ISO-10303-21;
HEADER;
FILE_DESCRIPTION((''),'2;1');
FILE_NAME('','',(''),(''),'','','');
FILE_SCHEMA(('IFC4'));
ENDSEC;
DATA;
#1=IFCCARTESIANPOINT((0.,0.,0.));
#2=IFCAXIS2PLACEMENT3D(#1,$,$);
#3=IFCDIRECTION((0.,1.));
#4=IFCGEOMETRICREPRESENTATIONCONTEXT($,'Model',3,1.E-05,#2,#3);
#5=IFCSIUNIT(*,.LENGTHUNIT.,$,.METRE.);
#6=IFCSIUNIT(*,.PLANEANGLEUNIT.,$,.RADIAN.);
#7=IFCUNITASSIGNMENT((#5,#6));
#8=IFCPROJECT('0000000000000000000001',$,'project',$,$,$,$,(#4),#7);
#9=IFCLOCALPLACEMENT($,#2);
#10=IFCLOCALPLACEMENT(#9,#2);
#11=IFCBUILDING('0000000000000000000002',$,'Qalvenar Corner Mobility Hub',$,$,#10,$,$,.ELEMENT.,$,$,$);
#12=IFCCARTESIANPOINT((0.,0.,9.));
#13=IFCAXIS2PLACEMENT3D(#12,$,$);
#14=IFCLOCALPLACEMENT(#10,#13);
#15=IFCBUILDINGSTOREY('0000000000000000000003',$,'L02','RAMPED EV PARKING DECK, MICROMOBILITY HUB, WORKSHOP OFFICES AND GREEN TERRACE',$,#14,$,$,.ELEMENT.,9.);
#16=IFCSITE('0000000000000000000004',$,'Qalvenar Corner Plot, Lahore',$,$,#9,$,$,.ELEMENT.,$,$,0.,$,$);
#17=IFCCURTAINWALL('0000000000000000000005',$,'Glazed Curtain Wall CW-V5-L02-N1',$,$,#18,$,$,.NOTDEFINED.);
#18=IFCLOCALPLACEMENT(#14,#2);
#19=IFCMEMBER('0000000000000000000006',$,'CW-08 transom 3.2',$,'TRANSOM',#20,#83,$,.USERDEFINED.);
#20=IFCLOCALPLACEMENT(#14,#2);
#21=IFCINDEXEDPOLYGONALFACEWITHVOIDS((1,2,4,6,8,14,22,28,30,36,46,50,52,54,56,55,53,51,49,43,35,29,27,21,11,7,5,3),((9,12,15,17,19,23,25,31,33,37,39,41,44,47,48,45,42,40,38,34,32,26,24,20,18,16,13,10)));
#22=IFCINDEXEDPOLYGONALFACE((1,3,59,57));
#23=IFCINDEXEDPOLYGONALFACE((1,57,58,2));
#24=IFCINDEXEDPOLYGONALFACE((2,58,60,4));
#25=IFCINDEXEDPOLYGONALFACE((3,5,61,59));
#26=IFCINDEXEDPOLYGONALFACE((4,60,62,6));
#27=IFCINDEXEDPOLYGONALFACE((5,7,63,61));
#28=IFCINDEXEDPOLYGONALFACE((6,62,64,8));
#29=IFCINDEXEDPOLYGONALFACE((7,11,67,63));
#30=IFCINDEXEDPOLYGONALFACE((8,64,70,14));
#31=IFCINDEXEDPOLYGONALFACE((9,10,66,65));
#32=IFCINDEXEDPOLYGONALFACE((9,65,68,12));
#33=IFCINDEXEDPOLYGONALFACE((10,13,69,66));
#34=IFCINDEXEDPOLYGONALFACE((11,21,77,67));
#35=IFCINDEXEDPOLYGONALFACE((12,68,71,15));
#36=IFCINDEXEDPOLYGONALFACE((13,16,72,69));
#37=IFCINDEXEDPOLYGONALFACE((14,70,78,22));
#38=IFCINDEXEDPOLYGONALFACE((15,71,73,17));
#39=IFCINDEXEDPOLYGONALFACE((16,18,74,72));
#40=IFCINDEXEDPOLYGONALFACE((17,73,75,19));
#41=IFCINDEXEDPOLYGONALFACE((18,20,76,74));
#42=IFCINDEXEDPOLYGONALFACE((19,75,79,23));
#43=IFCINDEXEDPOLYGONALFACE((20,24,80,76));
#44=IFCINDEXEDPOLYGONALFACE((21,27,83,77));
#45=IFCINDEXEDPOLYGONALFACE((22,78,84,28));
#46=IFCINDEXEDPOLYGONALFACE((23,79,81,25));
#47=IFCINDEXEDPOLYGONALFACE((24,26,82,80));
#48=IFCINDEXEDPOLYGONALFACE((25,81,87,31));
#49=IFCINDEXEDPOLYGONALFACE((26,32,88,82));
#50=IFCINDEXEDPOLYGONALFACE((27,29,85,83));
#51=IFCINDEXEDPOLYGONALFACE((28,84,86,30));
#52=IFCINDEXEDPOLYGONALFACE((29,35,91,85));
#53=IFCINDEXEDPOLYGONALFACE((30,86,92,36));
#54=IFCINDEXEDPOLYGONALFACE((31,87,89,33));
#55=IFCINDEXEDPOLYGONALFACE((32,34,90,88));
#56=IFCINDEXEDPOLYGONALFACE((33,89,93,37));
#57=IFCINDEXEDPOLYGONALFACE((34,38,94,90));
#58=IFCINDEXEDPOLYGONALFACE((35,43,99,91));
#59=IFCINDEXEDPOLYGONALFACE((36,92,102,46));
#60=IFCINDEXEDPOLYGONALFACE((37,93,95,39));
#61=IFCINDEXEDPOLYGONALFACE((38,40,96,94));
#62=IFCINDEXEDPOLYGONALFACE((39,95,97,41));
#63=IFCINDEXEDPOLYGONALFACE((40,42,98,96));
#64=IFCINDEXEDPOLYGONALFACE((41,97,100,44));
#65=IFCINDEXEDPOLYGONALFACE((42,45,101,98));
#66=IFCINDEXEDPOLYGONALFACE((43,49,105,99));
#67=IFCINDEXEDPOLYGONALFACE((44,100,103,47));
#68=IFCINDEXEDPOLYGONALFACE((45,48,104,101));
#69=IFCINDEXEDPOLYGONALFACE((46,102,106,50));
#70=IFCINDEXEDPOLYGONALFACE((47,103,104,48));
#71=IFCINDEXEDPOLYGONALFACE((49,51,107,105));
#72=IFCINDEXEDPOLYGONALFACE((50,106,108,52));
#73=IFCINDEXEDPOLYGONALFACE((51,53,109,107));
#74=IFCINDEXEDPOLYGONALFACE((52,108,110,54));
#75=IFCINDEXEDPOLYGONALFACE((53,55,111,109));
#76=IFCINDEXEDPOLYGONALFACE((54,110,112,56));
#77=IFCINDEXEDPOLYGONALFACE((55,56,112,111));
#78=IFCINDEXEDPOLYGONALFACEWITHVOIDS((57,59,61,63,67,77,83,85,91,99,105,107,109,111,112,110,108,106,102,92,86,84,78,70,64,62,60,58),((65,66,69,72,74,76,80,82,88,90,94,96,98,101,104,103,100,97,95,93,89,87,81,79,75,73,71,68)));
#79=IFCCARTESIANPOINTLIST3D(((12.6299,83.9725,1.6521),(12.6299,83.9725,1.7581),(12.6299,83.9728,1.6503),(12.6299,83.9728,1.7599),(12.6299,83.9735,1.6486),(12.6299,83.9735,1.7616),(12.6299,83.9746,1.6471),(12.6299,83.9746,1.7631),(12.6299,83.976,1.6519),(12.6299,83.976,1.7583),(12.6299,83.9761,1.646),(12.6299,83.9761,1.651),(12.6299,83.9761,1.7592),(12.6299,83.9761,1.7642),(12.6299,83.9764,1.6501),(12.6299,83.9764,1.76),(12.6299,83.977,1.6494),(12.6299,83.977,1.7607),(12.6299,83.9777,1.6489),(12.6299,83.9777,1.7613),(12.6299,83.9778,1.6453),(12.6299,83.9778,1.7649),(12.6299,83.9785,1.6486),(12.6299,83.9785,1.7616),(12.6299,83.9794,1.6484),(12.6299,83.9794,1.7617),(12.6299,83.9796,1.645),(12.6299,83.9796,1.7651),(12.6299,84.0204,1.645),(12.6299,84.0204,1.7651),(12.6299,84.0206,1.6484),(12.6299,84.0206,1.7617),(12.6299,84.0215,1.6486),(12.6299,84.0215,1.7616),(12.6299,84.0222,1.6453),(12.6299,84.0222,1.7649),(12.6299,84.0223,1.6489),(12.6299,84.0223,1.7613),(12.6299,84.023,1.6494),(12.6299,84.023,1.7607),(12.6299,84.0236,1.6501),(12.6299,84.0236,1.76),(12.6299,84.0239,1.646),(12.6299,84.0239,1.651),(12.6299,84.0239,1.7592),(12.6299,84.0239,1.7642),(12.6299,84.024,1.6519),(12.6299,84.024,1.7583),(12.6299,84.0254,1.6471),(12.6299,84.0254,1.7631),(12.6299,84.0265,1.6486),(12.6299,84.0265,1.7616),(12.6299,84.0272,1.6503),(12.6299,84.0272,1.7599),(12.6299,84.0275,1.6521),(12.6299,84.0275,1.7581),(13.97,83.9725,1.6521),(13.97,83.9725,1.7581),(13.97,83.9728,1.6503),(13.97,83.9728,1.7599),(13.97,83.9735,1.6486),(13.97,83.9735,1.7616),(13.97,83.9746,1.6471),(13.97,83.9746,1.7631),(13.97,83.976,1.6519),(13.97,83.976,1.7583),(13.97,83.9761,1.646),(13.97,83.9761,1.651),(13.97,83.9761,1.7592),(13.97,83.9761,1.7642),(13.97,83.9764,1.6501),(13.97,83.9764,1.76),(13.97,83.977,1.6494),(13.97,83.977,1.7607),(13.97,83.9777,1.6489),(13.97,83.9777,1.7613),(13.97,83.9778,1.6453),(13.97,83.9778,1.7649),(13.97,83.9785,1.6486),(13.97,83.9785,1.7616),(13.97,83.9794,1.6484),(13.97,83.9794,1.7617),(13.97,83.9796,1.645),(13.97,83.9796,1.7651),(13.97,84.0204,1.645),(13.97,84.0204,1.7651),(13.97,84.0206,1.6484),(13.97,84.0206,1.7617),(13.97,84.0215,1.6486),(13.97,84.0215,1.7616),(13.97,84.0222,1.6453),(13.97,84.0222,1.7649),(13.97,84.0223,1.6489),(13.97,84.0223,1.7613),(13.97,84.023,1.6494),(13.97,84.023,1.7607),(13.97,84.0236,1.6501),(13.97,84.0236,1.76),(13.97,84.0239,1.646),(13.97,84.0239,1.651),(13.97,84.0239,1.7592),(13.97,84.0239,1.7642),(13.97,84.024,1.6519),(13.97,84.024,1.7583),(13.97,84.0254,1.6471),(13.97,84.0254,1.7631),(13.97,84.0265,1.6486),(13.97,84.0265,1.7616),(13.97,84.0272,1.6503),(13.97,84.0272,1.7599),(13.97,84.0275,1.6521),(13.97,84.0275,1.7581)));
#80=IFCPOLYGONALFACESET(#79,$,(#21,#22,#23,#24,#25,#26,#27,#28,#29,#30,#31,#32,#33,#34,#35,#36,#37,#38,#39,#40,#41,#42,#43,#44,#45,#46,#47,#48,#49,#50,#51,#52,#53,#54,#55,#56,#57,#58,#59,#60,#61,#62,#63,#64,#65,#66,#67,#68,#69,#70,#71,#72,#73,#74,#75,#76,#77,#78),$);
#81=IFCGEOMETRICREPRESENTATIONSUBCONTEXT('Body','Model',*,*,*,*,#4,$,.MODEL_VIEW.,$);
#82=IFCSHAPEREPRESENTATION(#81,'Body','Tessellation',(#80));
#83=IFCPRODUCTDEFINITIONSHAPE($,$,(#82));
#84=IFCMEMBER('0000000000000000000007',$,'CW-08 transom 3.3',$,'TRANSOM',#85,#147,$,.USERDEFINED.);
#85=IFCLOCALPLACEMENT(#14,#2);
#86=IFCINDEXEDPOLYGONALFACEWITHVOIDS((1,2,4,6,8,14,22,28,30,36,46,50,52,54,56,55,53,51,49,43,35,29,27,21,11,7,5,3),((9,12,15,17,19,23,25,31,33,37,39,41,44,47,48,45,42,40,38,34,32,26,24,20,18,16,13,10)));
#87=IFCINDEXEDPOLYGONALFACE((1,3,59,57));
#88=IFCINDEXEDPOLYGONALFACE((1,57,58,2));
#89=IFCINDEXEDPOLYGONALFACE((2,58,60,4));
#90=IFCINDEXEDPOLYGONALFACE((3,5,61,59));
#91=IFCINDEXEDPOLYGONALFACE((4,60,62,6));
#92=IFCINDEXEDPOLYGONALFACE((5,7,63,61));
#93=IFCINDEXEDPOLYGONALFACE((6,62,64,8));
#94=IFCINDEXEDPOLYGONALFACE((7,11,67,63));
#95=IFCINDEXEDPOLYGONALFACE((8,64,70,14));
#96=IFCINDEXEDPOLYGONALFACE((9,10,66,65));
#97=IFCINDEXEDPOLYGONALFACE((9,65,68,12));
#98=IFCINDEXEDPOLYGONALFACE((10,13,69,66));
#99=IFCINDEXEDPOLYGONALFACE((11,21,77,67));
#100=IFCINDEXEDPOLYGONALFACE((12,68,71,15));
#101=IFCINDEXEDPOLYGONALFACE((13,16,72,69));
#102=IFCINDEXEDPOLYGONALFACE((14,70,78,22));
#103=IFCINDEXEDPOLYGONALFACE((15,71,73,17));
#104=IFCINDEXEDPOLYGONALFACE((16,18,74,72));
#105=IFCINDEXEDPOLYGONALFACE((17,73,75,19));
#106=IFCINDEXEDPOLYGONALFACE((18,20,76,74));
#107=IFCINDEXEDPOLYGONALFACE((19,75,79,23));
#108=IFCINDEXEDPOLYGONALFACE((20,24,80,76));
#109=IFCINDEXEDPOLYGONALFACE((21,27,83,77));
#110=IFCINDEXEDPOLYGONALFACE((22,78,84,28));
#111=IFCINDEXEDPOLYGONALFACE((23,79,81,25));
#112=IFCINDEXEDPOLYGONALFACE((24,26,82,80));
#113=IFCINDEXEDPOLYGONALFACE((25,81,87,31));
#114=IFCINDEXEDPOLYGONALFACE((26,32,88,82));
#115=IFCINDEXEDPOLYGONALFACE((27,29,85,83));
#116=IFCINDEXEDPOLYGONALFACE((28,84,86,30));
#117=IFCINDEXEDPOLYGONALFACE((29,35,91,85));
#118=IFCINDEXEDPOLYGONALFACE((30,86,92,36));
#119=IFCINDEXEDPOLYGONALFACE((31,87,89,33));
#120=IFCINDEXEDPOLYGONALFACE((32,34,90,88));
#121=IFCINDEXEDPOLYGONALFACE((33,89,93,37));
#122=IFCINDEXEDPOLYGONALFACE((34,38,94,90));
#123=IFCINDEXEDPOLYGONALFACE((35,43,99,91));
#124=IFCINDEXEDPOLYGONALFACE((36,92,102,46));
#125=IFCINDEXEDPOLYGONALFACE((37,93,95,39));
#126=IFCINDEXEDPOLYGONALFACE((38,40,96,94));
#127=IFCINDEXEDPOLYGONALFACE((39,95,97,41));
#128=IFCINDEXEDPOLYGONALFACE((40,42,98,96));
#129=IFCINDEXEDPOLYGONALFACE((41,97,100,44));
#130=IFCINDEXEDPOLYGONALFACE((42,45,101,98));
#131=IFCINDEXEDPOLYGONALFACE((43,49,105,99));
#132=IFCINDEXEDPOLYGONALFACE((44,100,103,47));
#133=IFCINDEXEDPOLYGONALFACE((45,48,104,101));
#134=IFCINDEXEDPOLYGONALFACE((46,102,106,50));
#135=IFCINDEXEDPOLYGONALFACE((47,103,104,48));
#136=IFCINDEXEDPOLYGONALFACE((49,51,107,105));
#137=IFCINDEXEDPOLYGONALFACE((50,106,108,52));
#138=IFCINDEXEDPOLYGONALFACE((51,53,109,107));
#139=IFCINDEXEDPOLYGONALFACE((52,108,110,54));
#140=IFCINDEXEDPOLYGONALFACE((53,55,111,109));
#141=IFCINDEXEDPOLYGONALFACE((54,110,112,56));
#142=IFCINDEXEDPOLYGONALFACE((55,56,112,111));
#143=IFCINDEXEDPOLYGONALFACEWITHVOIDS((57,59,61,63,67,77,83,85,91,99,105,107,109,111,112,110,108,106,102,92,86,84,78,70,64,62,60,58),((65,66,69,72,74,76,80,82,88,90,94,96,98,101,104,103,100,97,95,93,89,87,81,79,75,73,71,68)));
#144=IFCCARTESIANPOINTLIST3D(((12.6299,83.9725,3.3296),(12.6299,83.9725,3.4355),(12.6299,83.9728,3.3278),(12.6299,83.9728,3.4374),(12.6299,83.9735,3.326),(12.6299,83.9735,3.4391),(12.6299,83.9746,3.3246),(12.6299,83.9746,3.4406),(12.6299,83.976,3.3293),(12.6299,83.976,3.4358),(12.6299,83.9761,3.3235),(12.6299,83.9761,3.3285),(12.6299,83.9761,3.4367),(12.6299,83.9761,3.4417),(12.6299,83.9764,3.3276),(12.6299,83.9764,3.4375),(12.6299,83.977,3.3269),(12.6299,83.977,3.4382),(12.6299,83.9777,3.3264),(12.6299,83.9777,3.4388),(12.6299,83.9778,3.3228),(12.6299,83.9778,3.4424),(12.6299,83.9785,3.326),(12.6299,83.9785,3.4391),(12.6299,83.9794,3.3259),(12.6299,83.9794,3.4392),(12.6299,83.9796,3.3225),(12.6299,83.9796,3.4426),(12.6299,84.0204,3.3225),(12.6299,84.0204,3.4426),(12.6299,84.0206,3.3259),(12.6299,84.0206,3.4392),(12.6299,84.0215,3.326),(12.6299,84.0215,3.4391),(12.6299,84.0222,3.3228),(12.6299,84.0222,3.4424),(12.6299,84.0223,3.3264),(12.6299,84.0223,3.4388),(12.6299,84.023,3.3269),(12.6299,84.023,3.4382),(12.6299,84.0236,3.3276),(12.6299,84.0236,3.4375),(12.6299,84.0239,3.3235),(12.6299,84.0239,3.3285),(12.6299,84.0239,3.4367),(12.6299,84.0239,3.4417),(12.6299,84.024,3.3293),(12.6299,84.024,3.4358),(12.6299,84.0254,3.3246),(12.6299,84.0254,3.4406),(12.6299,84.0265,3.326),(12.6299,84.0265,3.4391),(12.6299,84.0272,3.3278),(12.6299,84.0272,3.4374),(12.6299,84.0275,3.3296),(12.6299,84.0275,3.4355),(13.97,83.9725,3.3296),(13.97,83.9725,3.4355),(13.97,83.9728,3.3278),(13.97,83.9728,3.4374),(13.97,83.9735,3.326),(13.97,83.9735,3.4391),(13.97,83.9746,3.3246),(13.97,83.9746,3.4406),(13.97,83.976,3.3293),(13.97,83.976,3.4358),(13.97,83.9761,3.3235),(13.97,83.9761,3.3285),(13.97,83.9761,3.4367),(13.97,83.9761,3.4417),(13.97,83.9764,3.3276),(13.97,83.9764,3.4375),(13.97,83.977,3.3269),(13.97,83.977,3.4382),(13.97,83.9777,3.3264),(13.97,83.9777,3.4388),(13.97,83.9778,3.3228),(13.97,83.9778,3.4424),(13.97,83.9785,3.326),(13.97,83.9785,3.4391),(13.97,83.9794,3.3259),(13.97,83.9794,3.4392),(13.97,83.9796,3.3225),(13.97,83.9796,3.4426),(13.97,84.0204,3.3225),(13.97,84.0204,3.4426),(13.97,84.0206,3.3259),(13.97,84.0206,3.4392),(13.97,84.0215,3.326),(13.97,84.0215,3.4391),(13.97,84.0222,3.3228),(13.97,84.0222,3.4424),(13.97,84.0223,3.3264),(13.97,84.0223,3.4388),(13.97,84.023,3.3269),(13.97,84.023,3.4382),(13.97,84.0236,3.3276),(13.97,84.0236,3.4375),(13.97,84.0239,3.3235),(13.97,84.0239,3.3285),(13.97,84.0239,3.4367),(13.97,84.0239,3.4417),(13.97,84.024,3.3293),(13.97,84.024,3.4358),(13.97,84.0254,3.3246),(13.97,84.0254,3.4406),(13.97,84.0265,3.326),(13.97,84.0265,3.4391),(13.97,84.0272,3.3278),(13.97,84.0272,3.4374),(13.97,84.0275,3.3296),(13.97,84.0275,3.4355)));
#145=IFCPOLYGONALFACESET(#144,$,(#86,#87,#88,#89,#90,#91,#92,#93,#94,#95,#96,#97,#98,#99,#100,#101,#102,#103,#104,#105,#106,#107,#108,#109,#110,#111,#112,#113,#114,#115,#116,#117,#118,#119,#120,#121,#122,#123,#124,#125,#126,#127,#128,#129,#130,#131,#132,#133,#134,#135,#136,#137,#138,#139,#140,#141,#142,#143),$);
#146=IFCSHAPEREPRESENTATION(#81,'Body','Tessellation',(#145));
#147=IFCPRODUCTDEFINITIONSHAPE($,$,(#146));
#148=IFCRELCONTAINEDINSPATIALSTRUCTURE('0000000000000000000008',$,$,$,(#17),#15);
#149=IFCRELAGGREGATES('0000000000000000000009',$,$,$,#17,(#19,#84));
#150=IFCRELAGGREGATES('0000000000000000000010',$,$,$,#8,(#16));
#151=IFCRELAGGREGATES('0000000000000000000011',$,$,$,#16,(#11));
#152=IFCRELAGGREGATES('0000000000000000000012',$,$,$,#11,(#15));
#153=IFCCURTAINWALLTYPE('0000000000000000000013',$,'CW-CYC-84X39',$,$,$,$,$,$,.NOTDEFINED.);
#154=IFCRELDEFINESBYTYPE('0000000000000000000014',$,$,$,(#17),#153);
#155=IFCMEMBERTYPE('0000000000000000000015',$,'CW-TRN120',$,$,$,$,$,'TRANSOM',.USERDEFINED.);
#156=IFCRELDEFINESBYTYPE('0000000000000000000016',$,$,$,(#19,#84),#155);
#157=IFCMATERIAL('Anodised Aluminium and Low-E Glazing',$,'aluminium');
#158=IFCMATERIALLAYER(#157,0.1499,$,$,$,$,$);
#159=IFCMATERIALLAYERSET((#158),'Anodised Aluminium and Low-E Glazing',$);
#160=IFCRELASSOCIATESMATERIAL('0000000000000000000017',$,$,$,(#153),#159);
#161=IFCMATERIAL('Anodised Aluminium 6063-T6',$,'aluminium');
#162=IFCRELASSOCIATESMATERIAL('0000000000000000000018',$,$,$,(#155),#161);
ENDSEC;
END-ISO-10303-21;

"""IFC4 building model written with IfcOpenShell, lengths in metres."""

from ifc_helpers import new_model, si_unit, direction, frame, origin, origin_2d, place, context, subcontext, project, spatial, hollow_rectangle, extrude, material, layer, layer_set, material_profile, profile_set, type_object, element, aggregate, save


model = new_model("IFC4")

# Units and contexts
model_context = context("Model", 3, precision=1e-05, world=origin(), true_north=direction((0.0, 1.0)))
body_context = subcontext(model_context, "Body", "Model", "MODEL_VIEW")
ifc_project = project(units=[si_unit("LENGTHUNIT", "METRE"), si_unit("PLANEANGLEUNIT", "RADIAN")], contexts=[model_context])

# Site, building, storey
site_placement = place(None, origin())
site = spatial("IfcSite", under=ifc_project, at=site_placement, Name="Qalvenar Corner Plot, Lahore", CompositionType="ELEMENT", RefElevation=0.0)
building_placement = place(site_placement, origin())
building = spatial("IfcBuilding", under=site, at=building_placement, Name="Qalvenar Corner Mobility Hub", CompositionType="ELEMENT")
storey_placement = place(building_placement, frame((0.0, 0.0, 9.0)))
storey = spatial("IfcBuildingStorey", under=building, at=storey_placement, Name="L02", Description="RAMPED EV PARKING DECK, MICROMOBILITY HUB, WORKSHOP OFFICES AND GREEN TERRACE", CompositionType="ELEMENT", Elevation=9.0)

# Curtain wall, members
ifc_material_1 = material(Name="Anodised Aluminium and Low-E Glazing", Category="aluminium")
ifc_layer_1 = layer(ifc_material_1, 0.1499)
ifc_layer_set_1 = layer_set([ifc_layer_1], Name="Anodised Aluminium and Low-E Glazing")
curtain_wall_type = type_object("IfcCurtainWallType", Name="CW-CYC-84X39", PredefinedType="NOTDEFINED", material=ifc_layer_set_1)
curtain_wall_placement = place(storey_placement, origin())
curtain_wall = element("IfcCurtainWall", 1, at=curtain_wall_placement, inside=storey, type_object=curtain_wall_type, Name="Glazed Curtain Wall CW-V5-L02-N1", PredefinedType="NOTDEFINED")
ifc_material_2 = material(Name="Anodised Aluminium 6063-T6", Category="aluminium")
ifc_material_profile_1 = material_profile(ifc_material_2, hollow_rectangle(XDim=0.0549, YDim=0.1201, WallThickness=0.0034, InnerFilletRadius=0.0034, OuterFilletRadius=0.0071, at=origin_2d()), Name="RHS120x55x3.5")
ifc_profile_set_1 = profile_set([ifc_material_profile_1], Name="Anodised Aluminium 6063-T6")
member_type_1 = type_object("IfcMemberType", Name="CW-TRN120", ElementType="TRANSOM", PredefinedType="USERDEFINED", material=ifc_profile_set_1)
member_1_placement = place(storey_placement, frame((13.97, 84.0, 1.7051), z_axis=(-1.0, 0.0, 0.0), x_axis=(0.0, -1.0, 0.0)))
member_1 = element("IfcMember", 2, at=member_1_placement, type_object=member_type_1, Name="CW-08 transom 3.2", ObjectType="TRANSOM", PredefinedType="USERDEFINED", context=body_context, shape_type="SweptSolid", body=[
    extrude(hollow_rectangle(XDim=0.0549, YDim=0.1201, WallThickness=0.0034, InnerFilletRadius=0.0034, OuterFilletRadius=0.0071, at=origin_2d()), origin(), (0.0, 0.0, 1.0), 1.3401),
])
member_2_placement = place(storey_placement, frame((13.97, 84.0, 3.3826), z_axis=(-1.0, 0.0, 0.0), x_axis=(0.0, -1.0, 0.0)))
member_2 = element("IfcMember", 3, at=member_2_placement, type_object=member_type_1, Name="CW-08 transom 3.3", ObjectType="TRANSOM", PredefinedType="USERDEFINED", context=body_context, shape_type="SweptSolid", body=[
    extrude(hollow_rectangle(XDim=0.0549, YDim=0.1201, WallThickness=0.0034, InnerFilletRadius=0.0034, OuterFilletRadius=0.0071, at=origin_2d()), origin(), (0.0, 0.0, 1.0), 1.3401),
])

aggregate(curtain_wall, [member_1, member_2])

save(model, "model.ifc")
